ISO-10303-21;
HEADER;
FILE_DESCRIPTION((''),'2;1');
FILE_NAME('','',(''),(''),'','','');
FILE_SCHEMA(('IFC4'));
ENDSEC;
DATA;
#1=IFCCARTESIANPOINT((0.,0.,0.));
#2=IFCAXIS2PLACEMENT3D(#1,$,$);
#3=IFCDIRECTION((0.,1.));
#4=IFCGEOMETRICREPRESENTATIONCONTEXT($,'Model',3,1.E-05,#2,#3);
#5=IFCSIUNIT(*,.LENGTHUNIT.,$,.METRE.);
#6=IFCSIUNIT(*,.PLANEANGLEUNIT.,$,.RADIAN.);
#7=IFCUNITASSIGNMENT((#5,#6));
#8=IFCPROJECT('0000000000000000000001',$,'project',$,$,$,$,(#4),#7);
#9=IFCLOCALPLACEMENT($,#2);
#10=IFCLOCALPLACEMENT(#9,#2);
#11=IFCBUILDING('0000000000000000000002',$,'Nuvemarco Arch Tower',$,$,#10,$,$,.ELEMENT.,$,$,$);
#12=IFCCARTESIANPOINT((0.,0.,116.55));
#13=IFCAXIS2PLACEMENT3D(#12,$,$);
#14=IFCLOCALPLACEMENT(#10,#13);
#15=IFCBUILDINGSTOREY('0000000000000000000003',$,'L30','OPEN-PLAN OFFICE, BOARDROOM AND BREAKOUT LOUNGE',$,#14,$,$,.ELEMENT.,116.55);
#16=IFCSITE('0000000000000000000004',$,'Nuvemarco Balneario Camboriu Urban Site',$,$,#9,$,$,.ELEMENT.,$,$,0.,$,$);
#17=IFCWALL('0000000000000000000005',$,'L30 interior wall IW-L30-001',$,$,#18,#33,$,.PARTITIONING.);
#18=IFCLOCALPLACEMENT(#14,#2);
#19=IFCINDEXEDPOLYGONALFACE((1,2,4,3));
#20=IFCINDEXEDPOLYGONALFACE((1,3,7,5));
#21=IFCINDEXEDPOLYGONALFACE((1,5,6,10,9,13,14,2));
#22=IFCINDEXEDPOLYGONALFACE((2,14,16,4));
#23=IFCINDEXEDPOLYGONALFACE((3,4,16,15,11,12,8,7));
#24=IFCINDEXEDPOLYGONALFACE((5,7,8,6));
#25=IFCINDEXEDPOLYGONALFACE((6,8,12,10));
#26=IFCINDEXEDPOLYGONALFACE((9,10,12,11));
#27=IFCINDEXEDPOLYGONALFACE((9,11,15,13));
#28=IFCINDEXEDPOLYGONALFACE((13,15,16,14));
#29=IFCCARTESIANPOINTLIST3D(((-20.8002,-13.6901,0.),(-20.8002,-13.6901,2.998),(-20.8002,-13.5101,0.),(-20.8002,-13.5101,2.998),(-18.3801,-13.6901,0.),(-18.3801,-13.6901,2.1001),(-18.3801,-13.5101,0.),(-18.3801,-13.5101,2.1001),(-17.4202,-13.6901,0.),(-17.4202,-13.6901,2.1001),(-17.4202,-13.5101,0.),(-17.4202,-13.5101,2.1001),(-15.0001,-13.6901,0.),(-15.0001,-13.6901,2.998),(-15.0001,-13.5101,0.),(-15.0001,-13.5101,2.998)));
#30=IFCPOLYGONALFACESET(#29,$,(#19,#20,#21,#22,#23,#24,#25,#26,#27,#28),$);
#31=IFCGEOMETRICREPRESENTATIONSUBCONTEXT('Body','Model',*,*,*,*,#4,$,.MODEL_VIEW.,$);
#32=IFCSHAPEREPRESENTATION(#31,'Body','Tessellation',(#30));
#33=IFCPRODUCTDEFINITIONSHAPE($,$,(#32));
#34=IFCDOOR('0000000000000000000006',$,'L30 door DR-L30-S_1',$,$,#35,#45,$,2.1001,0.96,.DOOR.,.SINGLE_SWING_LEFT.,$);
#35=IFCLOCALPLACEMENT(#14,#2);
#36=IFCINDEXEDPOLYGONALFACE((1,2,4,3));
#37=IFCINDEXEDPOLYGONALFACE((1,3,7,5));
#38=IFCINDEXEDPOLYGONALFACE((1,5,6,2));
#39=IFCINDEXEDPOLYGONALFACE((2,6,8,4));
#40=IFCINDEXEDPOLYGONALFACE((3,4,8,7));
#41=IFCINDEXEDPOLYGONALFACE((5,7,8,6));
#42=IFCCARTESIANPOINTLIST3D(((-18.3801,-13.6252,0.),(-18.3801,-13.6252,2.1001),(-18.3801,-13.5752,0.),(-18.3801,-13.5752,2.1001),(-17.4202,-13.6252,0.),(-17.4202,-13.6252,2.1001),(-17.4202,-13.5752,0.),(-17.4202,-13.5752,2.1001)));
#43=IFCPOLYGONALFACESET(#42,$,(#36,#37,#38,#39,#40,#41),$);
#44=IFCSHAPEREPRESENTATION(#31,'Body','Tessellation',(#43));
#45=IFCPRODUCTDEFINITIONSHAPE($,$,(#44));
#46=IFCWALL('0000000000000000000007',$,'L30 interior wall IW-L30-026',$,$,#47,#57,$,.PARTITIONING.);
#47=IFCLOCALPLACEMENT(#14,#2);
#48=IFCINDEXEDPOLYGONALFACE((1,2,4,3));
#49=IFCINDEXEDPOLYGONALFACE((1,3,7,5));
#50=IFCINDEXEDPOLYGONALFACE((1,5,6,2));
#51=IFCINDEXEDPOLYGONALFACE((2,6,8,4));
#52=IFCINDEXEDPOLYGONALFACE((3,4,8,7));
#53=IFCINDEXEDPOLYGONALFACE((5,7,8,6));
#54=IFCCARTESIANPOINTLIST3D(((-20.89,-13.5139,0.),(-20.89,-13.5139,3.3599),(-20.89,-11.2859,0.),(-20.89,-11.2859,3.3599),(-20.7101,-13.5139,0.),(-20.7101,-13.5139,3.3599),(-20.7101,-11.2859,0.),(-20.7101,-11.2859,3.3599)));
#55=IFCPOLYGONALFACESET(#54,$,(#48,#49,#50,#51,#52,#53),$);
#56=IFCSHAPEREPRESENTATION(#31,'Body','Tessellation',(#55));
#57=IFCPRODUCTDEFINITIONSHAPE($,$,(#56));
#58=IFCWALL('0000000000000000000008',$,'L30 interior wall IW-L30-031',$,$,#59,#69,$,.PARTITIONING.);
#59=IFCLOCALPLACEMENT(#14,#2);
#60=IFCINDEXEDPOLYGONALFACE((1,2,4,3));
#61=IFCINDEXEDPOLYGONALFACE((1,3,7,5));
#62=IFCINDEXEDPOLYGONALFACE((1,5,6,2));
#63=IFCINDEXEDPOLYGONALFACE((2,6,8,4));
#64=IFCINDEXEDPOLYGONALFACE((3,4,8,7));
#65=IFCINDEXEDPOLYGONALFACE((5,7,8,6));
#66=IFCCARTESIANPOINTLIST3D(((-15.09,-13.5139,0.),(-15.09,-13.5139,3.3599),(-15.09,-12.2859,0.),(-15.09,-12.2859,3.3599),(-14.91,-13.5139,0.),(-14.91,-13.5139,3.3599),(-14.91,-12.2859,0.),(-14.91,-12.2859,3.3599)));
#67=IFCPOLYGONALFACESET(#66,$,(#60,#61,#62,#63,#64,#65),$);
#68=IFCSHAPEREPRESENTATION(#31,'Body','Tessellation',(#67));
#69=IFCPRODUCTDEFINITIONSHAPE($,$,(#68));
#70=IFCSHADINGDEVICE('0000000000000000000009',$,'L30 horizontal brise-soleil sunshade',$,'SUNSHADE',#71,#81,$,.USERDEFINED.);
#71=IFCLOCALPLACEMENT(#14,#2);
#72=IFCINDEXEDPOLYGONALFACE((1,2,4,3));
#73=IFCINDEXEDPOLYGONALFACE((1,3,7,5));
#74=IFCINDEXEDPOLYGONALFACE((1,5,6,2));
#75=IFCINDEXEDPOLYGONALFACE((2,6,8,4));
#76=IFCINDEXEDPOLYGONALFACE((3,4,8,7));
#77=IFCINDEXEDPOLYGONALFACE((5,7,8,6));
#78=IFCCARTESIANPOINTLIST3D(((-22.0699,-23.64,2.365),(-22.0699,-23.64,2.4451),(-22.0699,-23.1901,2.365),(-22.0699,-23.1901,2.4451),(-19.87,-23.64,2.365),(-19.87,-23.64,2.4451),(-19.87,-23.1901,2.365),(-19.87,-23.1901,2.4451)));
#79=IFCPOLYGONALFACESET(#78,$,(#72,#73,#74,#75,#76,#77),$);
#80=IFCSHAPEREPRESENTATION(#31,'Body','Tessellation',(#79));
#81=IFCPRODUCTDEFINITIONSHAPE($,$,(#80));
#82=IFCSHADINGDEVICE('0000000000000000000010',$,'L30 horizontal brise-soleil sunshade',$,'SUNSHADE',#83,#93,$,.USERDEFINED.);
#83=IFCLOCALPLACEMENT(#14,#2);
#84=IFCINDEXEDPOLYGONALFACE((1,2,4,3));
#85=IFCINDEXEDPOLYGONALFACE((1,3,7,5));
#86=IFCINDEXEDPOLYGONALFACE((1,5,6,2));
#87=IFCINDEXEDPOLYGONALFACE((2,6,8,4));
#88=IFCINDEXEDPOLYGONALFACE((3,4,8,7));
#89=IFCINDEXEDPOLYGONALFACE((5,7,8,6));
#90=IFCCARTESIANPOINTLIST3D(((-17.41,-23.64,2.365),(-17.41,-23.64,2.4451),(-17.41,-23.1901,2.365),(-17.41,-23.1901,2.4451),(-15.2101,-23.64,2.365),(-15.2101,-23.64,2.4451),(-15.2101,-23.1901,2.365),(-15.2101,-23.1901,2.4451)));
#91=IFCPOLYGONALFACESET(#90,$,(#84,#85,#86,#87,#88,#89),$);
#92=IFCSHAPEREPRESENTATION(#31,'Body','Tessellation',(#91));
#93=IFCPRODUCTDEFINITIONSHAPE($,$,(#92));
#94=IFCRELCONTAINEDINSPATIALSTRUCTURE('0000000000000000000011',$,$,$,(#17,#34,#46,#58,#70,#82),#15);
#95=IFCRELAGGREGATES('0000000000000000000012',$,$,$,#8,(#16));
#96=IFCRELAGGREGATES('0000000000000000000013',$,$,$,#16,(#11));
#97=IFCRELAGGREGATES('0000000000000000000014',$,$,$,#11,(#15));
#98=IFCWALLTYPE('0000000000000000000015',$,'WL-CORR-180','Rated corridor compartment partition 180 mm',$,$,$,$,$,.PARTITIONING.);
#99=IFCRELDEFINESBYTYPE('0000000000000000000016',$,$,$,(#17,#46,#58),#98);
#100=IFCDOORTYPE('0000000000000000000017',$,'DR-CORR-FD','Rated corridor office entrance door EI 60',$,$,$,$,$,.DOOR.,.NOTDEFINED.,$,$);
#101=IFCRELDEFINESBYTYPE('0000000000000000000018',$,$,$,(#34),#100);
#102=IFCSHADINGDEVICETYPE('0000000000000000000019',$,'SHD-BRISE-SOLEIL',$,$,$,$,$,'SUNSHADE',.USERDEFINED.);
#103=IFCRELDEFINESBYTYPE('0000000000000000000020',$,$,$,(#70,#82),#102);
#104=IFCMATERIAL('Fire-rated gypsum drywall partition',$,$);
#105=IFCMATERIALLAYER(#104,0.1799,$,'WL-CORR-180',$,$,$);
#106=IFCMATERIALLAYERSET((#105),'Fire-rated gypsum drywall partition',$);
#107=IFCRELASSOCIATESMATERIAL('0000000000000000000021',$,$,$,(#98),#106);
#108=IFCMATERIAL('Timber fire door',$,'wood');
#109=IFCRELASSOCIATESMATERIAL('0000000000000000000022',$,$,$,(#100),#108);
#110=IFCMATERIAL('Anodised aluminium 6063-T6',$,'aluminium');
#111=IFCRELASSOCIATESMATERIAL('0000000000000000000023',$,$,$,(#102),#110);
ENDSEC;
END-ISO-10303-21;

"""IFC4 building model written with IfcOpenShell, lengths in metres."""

from ifc_helpers import new_model, si_unit, direction, frame, frame_2d, origin, origin_2d, place, context, subcontext, project, spatial, rectangle, extrude, source, transform, mapped, material, layer, layer_set, type_object, type_shapes, element, fill, save


model = new_model("IFC4")

# Units and contexts
model_context = context("Model", 3, precision=1e-05, world=origin(), true_north=direction((0.0, 1.0)))
body_context = subcontext(model_context, "Body", "Model", "MODEL_VIEW")
ifc_project = project(units=[si_unit("LENGTHUNIT", "METRE"), si_unit("PLANEANGLEUNIT", "RADIAN")], contexts=[model_context])

# Site, building, storey
site_placement = place(None, origin())
site = spatial("IfcSite", under=ifc_project, at=site_placement, Name="Nuvemarco Balneario Camboriu Urban Site", CompositionType="ELEMENT", RefElevation=0.0)
building_placement = place(site_placement, origin())
building = spatial("IfcBuilding", under=site, at=building_placement, Name="Nuvemarco Arch Tower", CompositionType="ELEMENT")
storey_placement = place(building_placement, frame((0.0, 0.0, 116.55)))
storey = spatial("IfcBuildingStorey", under=building, at=storey_placement, Name="L30", Description="OPEN-PLAN OFFICE, BOARDROOM AND BREAKOUT LOUNGE", CompositionType="ELEMENT", Elevation=116.55)

# Wall, opening, door
ifc_material_1 = material(Name="Fire-rated gypsum drywall partition")
ifc_layer_1 = layer(ifc_material_1, 0.1799, Name="WL-CORR-180")
ifc_layer_set_1 = layer_set([ifc_layer_1], Name="Fire-rated gypsum drywall partition")
wall_type_1 = type_object("IfcWallType", Name="WL-CORR-180", Description="Rated corridor compartment partition 180 mm", PredefinedType="PARTITIONING", material=ifc_layer_set_1)
wall_1_placement = place(storey_placement, frame((-20.8, -13.6001, 0.0), z_axis=(0.0, 0.0, 1.0), x_axis=(1.0, 0.0, 0.0)))
wall_1 = element("IfcWall", 1, at=wall_1_placement, inside=storey, type_object=wall_type_1, Name="L30 interior wall IW-L30-001", PredefinedType="PARTITIONING", context=body_context, shape_type="SweptSolid", body=[
    extrude(rectangle(XDim=5.8, YDim=0.1799, at=frame_2d((2.8999, 0.0))), origin(), (0.0, 0.0, 1.0), 2.998),
])
opening_1_placement = place(wall_1_placement, frame((2.4199, 0.0, 0.0)))
opening_1 = element("IfcOpeningElement", 2, at=opening_1_placement, cuts=wall_1, PredefinedType="OPENING", context=body_context, shape_type="SweptSolid", body=[
    extrude(rectangle(XDim=0.96, YDim=2.1001, at=frame_2d((0.48, 1.05))), frame((0.0, 0.0999, 0.0), z_axis=(0.0, -1.0, 0.0), x_axis=(1.0, 0.0, 0.0)), (0.0, 0.0, 1.0), 0.2),
])
ifc_material_2 = material(Name="Timber fire door", Category="wood")
door_type_1 = type_object("IfcDoorType", Name="DR-CORR-FD", Description="Rated corridor office entrance door EI 60", OperationType="NOTDEFINED", PredefinedType="DOOR", material=ifc_material_2)
shared_shape_1 = source(origin(), body_context, "Body", "SweptSolid", [
    extrude(rectangle(XDim=0.96, YDim=2.1001, at=frame_2d((0.48, 1.05))), frame((0.0, 0.0249, 0.0), z_axis=(0.0, -1.0, 0.0), x_axis=(1.0, 0.0, 0.0)), (0.0, 0.0, 1.0), 0.05),
])
type_shapes(door_type_1, [shared_shape_1])
door_1_placement = place(opening_1_placement, origin())
door_1 = element("IfcDoor", 3, at=door_1_placement, inside=storey, type_object=door_type_1, Name="L30 door DR-L30-S_1", OperationType="SINGLE_SWING_LEFT", OverallHeight=2.1001, OverallWidth=0.96, PredefinedType="DOOR", context=body_context, shape_type="MappedRepresentation", body=[
    mapped(shared_shape_1, transform((0.0, 0.0, 0.0), scale=1.0)),
])
fill(opening_1, door_1)

# Walls
wall_2_placement = place(storey_placement, frame((-20.8, -13.5139, 0.0), z_axis=(0.0, 0.0, 1.0), x_axis=(0.0, 1.0, 0.0)))
element("IfcWall", 4, at=wall_2_placement, inside=storey, type_object=wall_type_1, Name="L30 interior wall IW-L30-026", PredefinedType="PARTITIONING", context=body_context, shape_type="SweptSolid", body=[
    extrude(rectangle(XDim=2.228, YDim=0.1799, at=frame_2d((1.114, 0.0))), origin(), (0.0, 0.0, 1.0), 3.3599),
])
wall_3_placement = place(storey_placement, frame((-15.0, -13.5139, 0.0), z_axis=(0.0, 0.0, 1.0), x_axis=(0.0, 1.0, 0.0)))
element("IfcWall", 5, at=wall_3_placement, inside=storey, type_object=wall_type_1, Name="L30 interior wall IW-L30-031", PredefinedType="PARTITIONING", context=body_context, shape_type="SweptSolid", body=[
    extrude(rectangle(XDim=1.228, YDim=0.1799, at=frame_2d((0.614, 0.0))), origin(), (0.0, 0.0, 1.0), 3.3599),
])

# Shading devices
ifc_material_3 = material(Name="Anodised aluminium 6063-T6", Category="aluminium")
shading_device_type = type_object("IfcShadingDeviceType", Name="SHD-BRISE-SOLEIL", ElementType="SUNSHADE", PredefinedType="USERDEFINED", material=ifc_material_3)
shared_shape_2 = source(origin(), body_context, "Body", "SweptSolid", [
    extrude(rectangle(XDim=2.2, YDim=0.45, at=origin_2d()), origin(), (0.0, 0.0, 1.0), 0.0801),
])
type_shapes(shading_device_type, [shared_shape_2])
for number, where, z_axis, x_axis, name in (
    (6, (-20.97, -23.415, 2.365), (0.0, 0.0, 1.0), (1.0, 0.0, 0.0), "L30 horizontal brise-soleil sunshade"),
    (7, (-16.3101, -23.415, 2.365), (0.0, 0.0, 1.0), (1.0, 0.0, 0.0), "L30 horizontal brise-soleil sunshade"),
):
    element("IfcShadingDevice", number, at=place(storey_placement, frame(where, z_axis=z_axis, x_axis=x_axis)), inside=storey, type_object=shading_device_type, Name=name, ObjectType="SUNSHADE", PredefinedType="USERDEFINED", context=body_context, shape_type="MappedRepresentation", body=[
        mapped(shared_shape_2, transform((0.0, 0.0, 0.0), scale=1.0)),
    ])

save(model, "model.ifc")
